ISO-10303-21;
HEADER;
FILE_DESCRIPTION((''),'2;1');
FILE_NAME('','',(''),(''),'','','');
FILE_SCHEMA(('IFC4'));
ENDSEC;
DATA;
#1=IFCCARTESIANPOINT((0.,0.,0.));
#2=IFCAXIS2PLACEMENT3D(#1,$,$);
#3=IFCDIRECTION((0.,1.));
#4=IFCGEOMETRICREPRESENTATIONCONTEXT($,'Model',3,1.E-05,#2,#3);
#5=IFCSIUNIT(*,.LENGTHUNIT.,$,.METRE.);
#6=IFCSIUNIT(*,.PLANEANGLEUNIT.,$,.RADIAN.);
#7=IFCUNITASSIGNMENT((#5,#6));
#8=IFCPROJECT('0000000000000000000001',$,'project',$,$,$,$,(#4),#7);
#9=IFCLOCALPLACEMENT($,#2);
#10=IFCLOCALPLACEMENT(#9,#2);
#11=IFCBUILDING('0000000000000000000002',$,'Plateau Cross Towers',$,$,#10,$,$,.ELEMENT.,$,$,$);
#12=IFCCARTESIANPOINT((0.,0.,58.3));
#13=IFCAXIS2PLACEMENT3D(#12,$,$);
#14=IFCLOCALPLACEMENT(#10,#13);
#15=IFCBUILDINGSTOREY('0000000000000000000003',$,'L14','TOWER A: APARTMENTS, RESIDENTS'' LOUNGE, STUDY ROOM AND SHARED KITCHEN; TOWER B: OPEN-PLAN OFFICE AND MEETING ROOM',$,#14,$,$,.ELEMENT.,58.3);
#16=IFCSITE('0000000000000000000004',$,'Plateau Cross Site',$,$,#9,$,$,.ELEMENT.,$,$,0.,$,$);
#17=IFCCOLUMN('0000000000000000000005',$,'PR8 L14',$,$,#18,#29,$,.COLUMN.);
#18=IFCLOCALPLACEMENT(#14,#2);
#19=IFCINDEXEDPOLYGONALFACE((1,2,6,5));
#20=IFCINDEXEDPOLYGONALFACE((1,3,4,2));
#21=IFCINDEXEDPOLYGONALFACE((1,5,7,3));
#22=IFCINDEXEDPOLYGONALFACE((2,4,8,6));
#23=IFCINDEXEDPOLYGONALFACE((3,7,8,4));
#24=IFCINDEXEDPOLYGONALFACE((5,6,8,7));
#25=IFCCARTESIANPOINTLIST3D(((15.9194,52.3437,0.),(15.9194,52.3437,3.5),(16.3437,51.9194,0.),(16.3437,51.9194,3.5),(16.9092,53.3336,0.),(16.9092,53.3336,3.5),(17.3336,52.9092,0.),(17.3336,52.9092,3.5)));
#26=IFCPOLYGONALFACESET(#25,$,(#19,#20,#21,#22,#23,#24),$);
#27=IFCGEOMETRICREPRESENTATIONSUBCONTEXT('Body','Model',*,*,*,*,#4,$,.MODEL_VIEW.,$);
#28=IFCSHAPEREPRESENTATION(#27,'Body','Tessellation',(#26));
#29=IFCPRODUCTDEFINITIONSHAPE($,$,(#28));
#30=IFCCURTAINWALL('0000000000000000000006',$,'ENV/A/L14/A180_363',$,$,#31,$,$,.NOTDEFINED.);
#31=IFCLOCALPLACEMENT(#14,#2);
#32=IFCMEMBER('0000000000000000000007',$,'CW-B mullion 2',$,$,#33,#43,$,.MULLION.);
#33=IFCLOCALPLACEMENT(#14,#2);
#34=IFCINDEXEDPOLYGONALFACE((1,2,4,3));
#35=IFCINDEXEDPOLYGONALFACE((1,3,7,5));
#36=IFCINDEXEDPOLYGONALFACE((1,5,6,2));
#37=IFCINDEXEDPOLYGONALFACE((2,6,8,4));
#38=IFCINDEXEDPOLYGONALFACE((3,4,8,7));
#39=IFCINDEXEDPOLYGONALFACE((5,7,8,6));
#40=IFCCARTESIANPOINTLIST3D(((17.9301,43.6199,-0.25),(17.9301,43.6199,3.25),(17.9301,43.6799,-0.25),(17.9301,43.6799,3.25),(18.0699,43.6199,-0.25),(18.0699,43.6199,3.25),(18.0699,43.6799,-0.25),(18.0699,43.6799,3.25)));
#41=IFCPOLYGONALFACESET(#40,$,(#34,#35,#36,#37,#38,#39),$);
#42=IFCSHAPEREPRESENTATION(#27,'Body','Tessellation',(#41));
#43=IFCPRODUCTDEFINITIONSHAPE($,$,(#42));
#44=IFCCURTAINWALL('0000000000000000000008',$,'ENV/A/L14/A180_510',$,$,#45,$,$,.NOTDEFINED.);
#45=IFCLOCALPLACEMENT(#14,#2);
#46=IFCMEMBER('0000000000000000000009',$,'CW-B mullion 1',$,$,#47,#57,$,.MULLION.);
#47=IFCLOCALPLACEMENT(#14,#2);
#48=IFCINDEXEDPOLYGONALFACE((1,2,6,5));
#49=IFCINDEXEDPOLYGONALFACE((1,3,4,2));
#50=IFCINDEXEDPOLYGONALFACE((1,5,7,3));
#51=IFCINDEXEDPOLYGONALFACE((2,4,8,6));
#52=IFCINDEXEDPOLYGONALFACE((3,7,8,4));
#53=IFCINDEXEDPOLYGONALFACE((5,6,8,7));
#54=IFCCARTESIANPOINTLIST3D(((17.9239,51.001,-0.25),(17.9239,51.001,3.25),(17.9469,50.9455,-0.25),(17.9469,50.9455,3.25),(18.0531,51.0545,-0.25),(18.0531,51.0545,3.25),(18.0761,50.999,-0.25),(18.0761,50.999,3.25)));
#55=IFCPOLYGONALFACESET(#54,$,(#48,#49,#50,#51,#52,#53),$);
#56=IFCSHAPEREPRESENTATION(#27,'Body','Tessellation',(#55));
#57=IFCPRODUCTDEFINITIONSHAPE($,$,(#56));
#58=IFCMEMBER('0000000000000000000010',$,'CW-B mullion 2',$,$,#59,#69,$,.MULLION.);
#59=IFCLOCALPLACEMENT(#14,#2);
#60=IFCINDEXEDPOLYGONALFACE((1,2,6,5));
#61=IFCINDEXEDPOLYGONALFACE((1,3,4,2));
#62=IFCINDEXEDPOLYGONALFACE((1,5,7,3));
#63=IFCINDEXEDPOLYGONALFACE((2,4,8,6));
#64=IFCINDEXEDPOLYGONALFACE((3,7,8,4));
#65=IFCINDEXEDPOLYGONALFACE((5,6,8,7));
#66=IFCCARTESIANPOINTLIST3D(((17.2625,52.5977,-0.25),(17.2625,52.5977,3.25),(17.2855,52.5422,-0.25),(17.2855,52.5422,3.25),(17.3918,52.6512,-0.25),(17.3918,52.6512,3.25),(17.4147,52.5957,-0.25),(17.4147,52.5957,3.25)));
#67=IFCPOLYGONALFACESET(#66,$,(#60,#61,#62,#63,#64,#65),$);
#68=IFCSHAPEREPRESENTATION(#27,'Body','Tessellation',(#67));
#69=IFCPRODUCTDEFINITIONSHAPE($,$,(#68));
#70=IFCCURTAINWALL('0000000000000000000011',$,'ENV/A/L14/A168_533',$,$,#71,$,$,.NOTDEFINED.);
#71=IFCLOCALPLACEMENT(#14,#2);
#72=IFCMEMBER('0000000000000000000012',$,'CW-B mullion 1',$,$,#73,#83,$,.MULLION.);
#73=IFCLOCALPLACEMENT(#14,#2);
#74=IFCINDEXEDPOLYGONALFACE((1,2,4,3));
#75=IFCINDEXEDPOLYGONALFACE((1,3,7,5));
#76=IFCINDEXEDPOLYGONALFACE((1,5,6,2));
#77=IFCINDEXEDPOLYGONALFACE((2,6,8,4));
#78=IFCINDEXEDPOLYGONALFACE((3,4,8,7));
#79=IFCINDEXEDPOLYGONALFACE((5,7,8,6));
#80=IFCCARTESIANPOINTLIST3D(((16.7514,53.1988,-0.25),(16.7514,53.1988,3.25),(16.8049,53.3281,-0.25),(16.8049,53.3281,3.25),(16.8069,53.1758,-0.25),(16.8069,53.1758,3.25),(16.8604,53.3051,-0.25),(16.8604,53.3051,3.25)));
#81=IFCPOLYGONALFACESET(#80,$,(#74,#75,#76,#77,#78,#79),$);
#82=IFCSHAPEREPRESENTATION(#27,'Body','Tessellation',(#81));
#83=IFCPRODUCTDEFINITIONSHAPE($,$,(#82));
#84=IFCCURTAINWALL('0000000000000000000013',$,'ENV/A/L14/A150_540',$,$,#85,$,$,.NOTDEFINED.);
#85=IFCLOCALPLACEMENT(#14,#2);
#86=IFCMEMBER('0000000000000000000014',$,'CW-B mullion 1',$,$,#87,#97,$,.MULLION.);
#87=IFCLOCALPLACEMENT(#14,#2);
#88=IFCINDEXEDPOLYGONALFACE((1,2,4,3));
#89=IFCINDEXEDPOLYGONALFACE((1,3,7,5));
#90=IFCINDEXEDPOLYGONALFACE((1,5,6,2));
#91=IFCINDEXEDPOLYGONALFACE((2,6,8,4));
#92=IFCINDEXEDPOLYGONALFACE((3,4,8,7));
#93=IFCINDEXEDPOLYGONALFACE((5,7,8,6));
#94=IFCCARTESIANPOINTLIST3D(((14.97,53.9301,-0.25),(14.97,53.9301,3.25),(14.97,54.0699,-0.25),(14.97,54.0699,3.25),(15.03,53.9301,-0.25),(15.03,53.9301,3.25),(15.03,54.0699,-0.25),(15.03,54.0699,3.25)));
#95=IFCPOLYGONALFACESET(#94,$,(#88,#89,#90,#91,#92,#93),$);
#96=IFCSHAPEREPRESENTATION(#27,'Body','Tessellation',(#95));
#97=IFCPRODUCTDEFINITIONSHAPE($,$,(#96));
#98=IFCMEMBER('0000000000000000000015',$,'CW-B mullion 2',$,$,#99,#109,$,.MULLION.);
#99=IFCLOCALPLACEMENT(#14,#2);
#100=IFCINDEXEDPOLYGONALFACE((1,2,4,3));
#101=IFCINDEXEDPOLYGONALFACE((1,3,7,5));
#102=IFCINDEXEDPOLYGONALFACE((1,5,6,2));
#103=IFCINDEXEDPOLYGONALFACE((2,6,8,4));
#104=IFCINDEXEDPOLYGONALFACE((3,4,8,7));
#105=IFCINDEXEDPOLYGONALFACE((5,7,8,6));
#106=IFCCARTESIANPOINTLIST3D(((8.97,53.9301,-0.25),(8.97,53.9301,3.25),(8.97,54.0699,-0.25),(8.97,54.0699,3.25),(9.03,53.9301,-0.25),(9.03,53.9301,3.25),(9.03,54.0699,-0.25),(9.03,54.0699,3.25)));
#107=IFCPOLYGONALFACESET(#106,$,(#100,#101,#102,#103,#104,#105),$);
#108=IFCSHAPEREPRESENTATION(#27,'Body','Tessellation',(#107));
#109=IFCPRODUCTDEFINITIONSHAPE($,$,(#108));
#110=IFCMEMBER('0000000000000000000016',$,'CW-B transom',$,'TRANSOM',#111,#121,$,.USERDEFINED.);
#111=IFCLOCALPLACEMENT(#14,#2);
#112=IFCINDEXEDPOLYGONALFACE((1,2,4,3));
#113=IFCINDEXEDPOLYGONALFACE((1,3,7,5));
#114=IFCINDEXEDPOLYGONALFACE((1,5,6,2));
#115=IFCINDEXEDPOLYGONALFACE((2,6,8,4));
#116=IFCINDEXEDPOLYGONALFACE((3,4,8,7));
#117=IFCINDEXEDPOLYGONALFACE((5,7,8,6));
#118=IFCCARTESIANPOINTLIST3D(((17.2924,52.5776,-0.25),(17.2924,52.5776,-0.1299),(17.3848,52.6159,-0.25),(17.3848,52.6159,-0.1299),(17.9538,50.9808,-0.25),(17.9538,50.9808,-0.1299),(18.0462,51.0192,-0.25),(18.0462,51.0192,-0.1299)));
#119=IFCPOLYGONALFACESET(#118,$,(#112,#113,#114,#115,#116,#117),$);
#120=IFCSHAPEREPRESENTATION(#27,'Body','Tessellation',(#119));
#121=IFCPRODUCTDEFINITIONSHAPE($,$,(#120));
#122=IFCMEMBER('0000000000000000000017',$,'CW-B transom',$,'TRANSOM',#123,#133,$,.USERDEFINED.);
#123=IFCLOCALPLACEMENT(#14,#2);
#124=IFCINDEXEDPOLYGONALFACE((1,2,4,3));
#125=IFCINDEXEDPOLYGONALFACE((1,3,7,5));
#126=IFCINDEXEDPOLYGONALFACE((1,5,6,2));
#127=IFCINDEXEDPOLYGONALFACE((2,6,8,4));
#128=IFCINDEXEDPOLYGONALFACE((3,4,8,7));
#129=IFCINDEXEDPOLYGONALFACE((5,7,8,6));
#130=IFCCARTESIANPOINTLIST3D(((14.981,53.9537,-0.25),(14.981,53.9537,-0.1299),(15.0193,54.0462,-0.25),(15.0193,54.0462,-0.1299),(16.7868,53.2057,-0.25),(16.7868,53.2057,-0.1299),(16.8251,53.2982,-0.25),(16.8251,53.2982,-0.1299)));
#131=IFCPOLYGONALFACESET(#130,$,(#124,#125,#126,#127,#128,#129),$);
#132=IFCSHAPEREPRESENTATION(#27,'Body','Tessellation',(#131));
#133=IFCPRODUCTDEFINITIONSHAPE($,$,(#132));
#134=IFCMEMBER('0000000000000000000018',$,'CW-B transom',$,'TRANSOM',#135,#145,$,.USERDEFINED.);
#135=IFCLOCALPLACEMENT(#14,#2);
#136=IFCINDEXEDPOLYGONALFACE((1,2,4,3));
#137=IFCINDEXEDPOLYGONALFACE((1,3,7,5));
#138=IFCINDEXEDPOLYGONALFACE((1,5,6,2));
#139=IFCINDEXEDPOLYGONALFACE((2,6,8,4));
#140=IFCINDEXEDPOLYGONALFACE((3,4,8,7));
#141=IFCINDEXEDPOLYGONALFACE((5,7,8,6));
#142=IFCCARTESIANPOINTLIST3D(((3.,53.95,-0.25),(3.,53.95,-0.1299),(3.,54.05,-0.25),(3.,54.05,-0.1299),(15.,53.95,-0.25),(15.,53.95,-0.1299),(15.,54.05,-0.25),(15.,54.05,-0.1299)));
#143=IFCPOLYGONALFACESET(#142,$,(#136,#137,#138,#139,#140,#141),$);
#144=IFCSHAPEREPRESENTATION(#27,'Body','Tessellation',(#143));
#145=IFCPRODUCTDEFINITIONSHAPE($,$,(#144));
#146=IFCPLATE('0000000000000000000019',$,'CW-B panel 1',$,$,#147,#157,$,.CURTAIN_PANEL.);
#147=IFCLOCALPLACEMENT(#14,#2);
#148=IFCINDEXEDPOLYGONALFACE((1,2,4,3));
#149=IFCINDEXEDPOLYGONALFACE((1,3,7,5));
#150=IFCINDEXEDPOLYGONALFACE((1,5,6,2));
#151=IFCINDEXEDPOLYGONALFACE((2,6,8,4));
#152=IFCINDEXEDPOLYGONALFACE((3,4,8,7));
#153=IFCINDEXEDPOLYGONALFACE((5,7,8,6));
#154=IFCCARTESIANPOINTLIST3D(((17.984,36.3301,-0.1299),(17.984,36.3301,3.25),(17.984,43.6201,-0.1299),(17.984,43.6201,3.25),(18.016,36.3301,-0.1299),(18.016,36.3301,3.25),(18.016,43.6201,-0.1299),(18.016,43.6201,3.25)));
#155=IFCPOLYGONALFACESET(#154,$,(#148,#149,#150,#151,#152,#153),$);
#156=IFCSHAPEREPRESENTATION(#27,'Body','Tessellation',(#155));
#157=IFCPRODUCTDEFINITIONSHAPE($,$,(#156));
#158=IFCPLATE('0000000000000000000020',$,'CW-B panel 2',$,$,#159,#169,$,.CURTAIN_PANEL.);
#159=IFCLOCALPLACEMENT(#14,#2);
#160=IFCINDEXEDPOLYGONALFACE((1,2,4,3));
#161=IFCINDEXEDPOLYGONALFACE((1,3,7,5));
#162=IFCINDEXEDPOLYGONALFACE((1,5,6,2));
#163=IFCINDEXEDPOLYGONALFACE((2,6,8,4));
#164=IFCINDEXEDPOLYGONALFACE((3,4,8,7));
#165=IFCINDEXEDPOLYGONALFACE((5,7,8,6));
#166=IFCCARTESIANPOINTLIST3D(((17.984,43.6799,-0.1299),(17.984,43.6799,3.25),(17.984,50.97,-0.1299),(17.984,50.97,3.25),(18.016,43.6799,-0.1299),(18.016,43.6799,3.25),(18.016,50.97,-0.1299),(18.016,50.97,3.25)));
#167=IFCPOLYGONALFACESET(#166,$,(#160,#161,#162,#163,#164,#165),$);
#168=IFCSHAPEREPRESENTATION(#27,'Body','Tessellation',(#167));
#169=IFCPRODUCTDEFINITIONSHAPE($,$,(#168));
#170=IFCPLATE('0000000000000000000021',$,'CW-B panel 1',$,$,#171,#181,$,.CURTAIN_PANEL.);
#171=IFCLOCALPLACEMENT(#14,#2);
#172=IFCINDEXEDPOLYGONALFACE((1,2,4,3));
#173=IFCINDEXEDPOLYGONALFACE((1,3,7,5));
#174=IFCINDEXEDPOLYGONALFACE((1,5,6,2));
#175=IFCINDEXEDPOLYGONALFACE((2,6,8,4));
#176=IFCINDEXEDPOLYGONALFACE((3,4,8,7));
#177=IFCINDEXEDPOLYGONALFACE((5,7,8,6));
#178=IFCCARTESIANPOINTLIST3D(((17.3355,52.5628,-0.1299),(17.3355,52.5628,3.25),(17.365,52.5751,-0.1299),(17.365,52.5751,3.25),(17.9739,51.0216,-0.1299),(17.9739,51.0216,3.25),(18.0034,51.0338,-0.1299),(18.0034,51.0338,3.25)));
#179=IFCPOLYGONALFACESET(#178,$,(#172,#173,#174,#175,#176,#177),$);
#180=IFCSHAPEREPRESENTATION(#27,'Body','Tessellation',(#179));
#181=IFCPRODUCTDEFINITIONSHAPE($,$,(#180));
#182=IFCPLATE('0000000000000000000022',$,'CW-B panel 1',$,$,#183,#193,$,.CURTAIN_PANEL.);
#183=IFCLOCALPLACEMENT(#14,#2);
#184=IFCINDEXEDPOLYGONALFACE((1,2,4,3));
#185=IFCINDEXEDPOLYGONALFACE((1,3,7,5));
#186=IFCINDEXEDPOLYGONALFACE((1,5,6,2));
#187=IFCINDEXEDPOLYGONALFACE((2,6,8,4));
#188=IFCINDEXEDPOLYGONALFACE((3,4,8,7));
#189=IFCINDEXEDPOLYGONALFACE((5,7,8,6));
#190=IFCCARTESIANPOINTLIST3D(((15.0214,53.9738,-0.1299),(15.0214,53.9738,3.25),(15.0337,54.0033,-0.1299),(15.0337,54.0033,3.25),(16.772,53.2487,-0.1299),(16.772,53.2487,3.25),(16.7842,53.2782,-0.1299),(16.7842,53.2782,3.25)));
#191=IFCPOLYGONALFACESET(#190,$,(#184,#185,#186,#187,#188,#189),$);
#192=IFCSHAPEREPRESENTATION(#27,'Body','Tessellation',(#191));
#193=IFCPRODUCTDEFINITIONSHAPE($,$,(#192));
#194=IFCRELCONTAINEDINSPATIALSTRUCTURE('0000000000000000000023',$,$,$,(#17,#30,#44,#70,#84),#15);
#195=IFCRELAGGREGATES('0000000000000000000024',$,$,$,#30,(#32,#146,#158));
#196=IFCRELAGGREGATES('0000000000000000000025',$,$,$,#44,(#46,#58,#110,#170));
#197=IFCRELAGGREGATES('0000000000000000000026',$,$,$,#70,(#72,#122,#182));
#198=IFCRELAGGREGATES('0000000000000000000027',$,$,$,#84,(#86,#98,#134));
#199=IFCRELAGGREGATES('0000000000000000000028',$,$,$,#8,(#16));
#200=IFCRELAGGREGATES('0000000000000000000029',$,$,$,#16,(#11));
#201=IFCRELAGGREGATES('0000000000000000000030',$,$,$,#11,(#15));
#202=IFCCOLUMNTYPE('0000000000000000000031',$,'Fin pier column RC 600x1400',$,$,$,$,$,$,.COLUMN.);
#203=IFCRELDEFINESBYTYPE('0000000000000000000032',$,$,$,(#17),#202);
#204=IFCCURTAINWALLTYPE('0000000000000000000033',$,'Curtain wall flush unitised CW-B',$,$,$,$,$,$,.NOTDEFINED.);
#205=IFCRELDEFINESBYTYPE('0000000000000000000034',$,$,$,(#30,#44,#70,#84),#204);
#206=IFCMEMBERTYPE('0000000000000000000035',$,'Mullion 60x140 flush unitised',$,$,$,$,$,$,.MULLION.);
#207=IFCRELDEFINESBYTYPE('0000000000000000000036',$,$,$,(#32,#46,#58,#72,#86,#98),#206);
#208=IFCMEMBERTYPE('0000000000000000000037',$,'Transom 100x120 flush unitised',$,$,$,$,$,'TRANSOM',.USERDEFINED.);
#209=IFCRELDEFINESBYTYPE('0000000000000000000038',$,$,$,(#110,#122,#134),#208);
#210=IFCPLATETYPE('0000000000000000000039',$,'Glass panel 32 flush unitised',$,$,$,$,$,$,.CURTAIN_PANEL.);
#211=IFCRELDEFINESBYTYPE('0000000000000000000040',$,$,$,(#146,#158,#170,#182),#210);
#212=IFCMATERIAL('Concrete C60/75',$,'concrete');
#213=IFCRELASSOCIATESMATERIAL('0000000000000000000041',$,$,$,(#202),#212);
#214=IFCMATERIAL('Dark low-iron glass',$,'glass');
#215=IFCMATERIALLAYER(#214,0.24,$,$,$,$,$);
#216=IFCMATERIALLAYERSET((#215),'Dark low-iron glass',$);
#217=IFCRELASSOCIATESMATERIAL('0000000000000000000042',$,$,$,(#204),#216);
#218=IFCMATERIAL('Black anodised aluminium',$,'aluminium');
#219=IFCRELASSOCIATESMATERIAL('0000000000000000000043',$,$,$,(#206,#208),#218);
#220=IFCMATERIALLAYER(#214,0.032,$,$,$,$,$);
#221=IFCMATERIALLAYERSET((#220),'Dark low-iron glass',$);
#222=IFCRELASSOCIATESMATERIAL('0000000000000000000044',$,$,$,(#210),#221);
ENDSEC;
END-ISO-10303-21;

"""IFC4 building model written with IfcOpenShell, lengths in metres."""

from ifc_helpers import new_model, si_unit, direction, frame, origin, origin_2d, place, context, subcontext, project, spatial, rectangle, extrude, material, layer, layer_set, material_profile, profile_set, type_object, element, aggregate, save


model = new_model("IFC4")

# Units and contexts
model_context = context("Model", 3, precision=1e-05, world=origin(), true_north=direction((0.0, 1.0)))
body_context = subcontext(model_context, "Body", "Model", "MODEL_VIEW")
ifc_project = project(units=[si_unit("LENGTHUNIT", "METRE"), si_unit("PLANEANGLEUNIT", "RADIAN")], contexts=[model_context])

# Site, building, storey
site_placement = place(None, origin())
site = spatial("IfcSite", under=ifc_project, at=site_placement, Name="Plateau Cross Site", CompositionType="ELEMENT", RefElevation=0.0)
building_placement = place(site_placement, origin())
building = spatial("IfcBuilding", under=site, at=building_placement, Name="Plateau Cross Towers", CompositionType="ELEMENT")
storey_placement = place(building_placement, frame((0.0, 0.0, 58.3)))
storey = spatial("IfcBuildingStorey", under=building, at=storey_placement, Name="L14", Description="TOWER A: APARTMENTS, RESIDENTS' LOUNGE, STUDY ROOM AND SHARED KITCHEN; TOWER B: OPEN-PLAN OFFICE AND MEETING ROOM", CompositionType="ELEMENT", Elevation=58.3)

# Column
ifc_material_1 = material(Name="Concrete C60/75", Category="concrete")
ifc_material_profile_1 = material_profile(ifc_material_1, rectangle(XDim=0.6001, YDim=1.3999, at=origin_2d()), Name="RC 600x1400")
ifc_profile_set_1 = profile_set([ifc_material_profile_1], Name="Concrete C60/75")
column_type = type_object("IfcColumnType", Name="Fin pier column RC 600x1400", PredefinedType="COLUMN", material=ifc_profile_set_1)
column_placement = place(storey_placement, frame((16.6265, 52.6265, 0.0), z_axis=(0.0, 0.0, 1.0), x_axis=(-0.707107, 0.707107, 0.0)))
element("IfcColumn", 1, at=column_placement, inside=storey, type_object=column_type, Name="PR8 L14", PredefinedType="COLUMN", context=body_context, shape_type="SweptSolid", body=[
    extrude(rectangle(XDim=0.6001, YDim=1.3999, at=origin_2d()), origin(), (0.0, 0.0, 1.0), 3.5),
])

# Curtain wall, member
ifc_material_2 = material(Name="Dark low-iron glass", Category="glass")
ifc_layer_1 = layer(ifc_material_2, 0.24)
ifc_layer_set_1 = layer_set([ifc_layer_1], Name="Dark low-iron glass")
curtain_wall_type = type_object("IfcCurtainWallType", Name="Curtain wall flush unitised CW-B", PredefinedType="NOTDEFINED", material=ifc_layer_set_1)
curtain_wall_1_placement = place(storey_placement, origin())
curtain_wall_1 = element("IfcCurtainWall", 2, at=curtain_wall_1_placement, inside=storey, type_object=curtain_wall_type, Name="ENV/A/L14/A180_363", PredefinedType="NOTDEFINED")
ifc_material_3 = material(Name="Black anodised aluminium", Category="aluminium")
ifc_material_profile_2 = material_profile(ifc_material_3, rectangle(XDim=0.0601, YDim=0.1399, at=origin_2d()), Name="MULLION 60x140")
ifc_profile_set_2 = profile_set([ifc_material_profile_2], Name="Black anodised aluminium")
member_type_1 = type_object("IfcMemberType", Name="Mullion 60x140 flush unitised", PredefinedType="MULLION", material=ifc_profile_set_2)
member_1_placement = place(storey_placement, frame((18.0, 43.6499, -0.25), z_axis=(0.0, 0.0, 1.0), x_axis=(0.0, 1.0, 0.0)))
member_1 = element("IfcMember", 3, at=member_1_placement, type_object=member_type_1, Name="CW-B mullion 2", PredefinedType="MULLION", context=body_context, shape_type="SweptSolid", body=[
    extrude(rectangle(XDim=0.0601, YDim=0.1399, at=origin_2d()), origin(), (0.0, 0.0, 1.0), 3.5),
])

# Curtain wall, members
curtain_wall_2_placement = place(storey_placement, origin())
curtain_wall_2 = element("IfcCurtainWall", 4, at=curtain_wall_2_placement, inside=storey, type_object=curtain_wall_type, Name="ENV/A/L14/A180_510", PredefinedType="NOTDEFINED")
member_2_placement = place(storey_placement, frame((18.0, 51.0, -0.25), z_axis=(0.0, 0.0, 1.0), x_axis=(-0.382684, 0.923879, 0.0)))
member_2 = element("IfcMember", 5, at=member_2_placement, type_object=member_type_1, Name="CW-B mullion 1", PredefinedType="MULLION", context=body_context, shape_type="SweptSolid", body=[
    extrude(rectangle(XDim=0.0601, YDim=0.1399, at=origin_2d()), origin(), (0.0, 0.0, 1.0), 3.5),
])
member_3_placement = place(storey_placement, frame((17.3386, 52.5967, -0.25), z_axis=(0.0, 0.0, 1.0), x_axis=(-0.382684, 0.923879, 0.0)))
member_3 = element("IfcMember", 6, at=member_3_placement, type_object=member_type_1, Name="CW-B mullion 2", PredefinedType="MULLION", context=body_context, shape_type="SweptSolid", body=[
    extrude(rectangle(XDim=0.0601, YDim=0.1399, at=origin_2d()), origin(), (0.0, 0.0, 1.0), 3.5),
])

# Curtain wall, member
curtain_wall_3_placement = place(storey_placement, origin())
curtain_wall_3 = element("IfcCurtainWall", 7, at=curtain_wall_3_placement, inside=storey, type_object=curtain_wall_type, Name="ENV/A/L14/A168_533", PredefinedType="NOTDEFINED")
member_4_placement = place(storey_placement, frame((16.8059, 53.252, -0.25), z_axis=(0.0, 0.0, 1.0), x_axis=(-0.923879, 0.382684, 0.0)))
member_4 = element("IfcMember", 8, at=member_4_placement, type_object=member_type_1, Name="CW-B mullion 1", PredefinedType="MULLION", context=body_context, shape_type="SweptSolid", body=[
    extrude(rectangle(XDim=0.0601, YDim=0.1399, at=origin_2d()), origin(), (0.0, 0.0, 1.0), 3.5),
])

# Curtain wall, members
curtain_wall_4_placement = place(storey_placement, origin())
curtain_wall_4 = element("IfcCurtainWall", 9, at=curtain_wall_4_placement, inside=storey, type_object=curtain_wall_type, Name="ENV/A/L14/A150_540", PredefinedType="NOTDEFINED")
member_5_placement = place(storey_placement, frame((15.0, 54.0, -0.25), z_axis=(0.0, 0.0, 1.0), x_axis=(-1.0, 0.0, 0.0)))
member_5 = element("IfcMember", 10, at=member_5_placement, type_object=member_type_1, Name="CW-B mullion 1", PredefinedType="MULLION", context=body_context, shape_type="SweptSolid", body=[
    extrude(rectangle(XDim=0.0601, YDim=0.1399, at=origin_2d()), origin(), (0.0, 0.0, 1.0), 3.5),
])
member_6_placement = place(storey_placement, frame((9.0, 54.0, -0.25), z_axis=(0.0, 0.0, 1.0), x_axis=(-1.0, 0.0, 0.0)))
member_6 = element("IfcMember", 11, at=member_6_placement, type_object=member_type_1, Name="CW-B mullion 2", PredefinedType="MULLION", context=body_context, shape_type="SweptSolid", body=[
    extrude(rectangle(XDim=0.0601, YDim=0.1399, at=origin_2d()), origin(), (0.0, 0.0, 1.0), 3.5),
])

# Members
ifc_material_profile_3 = material_profile(ifc_material_3, rectangle(XDim=0.1001, YDim=0.1201, at=origin_2d()), Name="TRANSOM 100x120")
ifc_profile_set_3 = profile_set([ifc_material_profile_3], Name="Black anodised aluminium")
member_type_2 = type_object("IfcMemberType", Name="Transom 100x120 flush unitised", ElementType="TRANSOM", PredefinedType="USERDEFINED", material=ifc_profile_set_3)
member_7_placement = place(storey_placement, frame((18.0, 51.0, -0.1899), z_axis=(-0.382689, 0.923877, 0.0), x_axis=(-0.923877, -0.382689, 0.0)))
member_7 = element("IfcMember", 12, at=member_7_placement, type_object=member_type_2, Name="CW-B transom", ObjectType="TRANSOM", PredefinedType="USERDEFINED", context=body_context, shape_type="SweptSolid", body=[
    extrude(rectangle(XDim=0.1001, YDim=0.1201, at=origin_2d()), origin(), (0.0, 0.0, 1.0), 1.7283),
])
member_8_placement = place(storey_placement, frame((16.8059, 53.252, -0.1899), z_axis=(-0.923877, 0.38269, 0.0), x_axis=(-0.38269, -0.923877, 0.0)))
member_8 = element("IfcMember", 13, at=member_8_placement, type_object=member_type_2, Name="CW-B transom", ObjectType="TRANSOM", PredefinedType="USERDEFINED", context=body_context, shape_type="SweptSolid", body=[
    extrude(rectangle(XDim=0.1001, YDim=0.1201, at=origin_2d()), origin(), (0.0, 0.0, 1.0), 1.9546),
])
member_9_placement = place(storey_placement, frame((15.0, 54.0, -0.1899), z_axis=(-1.0, 0.0, 0.0), x_axis=(0.0, -1.0, 0.0)))
member_9 = element("IfcMember", 14, at=member_9_placement, type_object=member_type_2, Name="CW-B transom", ObjectType="TRANSOM", PredefinedType="USERDEFINED", context=body_context, shape_type="SweptSolid", body=[
    extrude(rectangle(XDim=0.1001, YDim=0.1201, at=origin_2d()), origin(), (0.0, 0.0, 1.0), 12.0),
])

# Plates
ifc_layer_2 = layer(ifc_material_2, 0.032)
ifc_layer_set_2 = layer_set([ifc_layer_2], Name="Dark low-iron glass")
plate_type = type_object("IfcPlateType", Name="Glass panel 32 flush unitised", PredefinedType="CURTAIN_PANEL", material=ifc_layer_set_2)
plate_1_placement = place(storey_placement, frame((18.0, 39.9751, -0.1299), z_axis=(0.0, 0.0, 1.0), x_axis=(0.0, 1.0, 0.0)))
plate_1 = element("IfcPlate", 15, at=plate_1_placement, type_object=plate_type, Name="CW-B panel 1", PredefinedType="CURTAIN_PANEL", context=body_context, shape_type="SweptSolid", body=[
    extrude(rectangle(XDim=7.29, YDim=0.032, at=origin_2d()), origin(), (0.0, 0.0, 1.0), 3.3799),
])
plate_2_placement = place(storey_placement, frame((18.0, 47.325, -0.1299), z_axis=(0.0, 0.0, 1.0), x_axis=(0.0, 1.0, 0.0)))
plate_2 = element("IfcPlate", 16, at=plate_2_placement, type_object=plate_type, Name="CW-B panel 2", PredefinedType="CURTAIN_PANEL", context=body_context, shape_type="SweptSolid", body=[
    extrude(rectangle(XDim=7.29, YDim=0.032, at=origin_2d()), origin(), (0.0, 0.0, 1.0), 3.3799),
])
aggregate(curtain_wall_1, [member_1, plate_1, plate_2])
plate_3_placement = place(storey_placement, frame((17.6694, 51.7983, -0.1299), z_axis=(0.0, 0.0, 1.0), x_axis=(-0.382684, 0.923879, 0.0)))
plate_3 = element("IfcPlate", 17, at=plate_3_placement, type_object=plate_type, Name="CW-B panel 1", PredefinedType="CURTAIN_PANEL", context=body_context, shape_type="SweptSolid", body=[
    extrude(rectangle(XDim=1.6682, YDim=0.032, at=origin_2d()), origin(), (0.0, 0.0, 1.0), 3.3799),
])
aggregate(curtain_wall_2, [member_2, member_3, member_7, plate_3])
plate_4_placement = place(storey_placement, frame((15.9028, 53.626, -0.1299), z_axis=(0.0, 0.0, 1.0), x_axis=(-0.923879, 0.382684, 0.0)))
plate_4 = element("IfcPlate", 18, at=plate_4_placement, type_object=plate_type, Name="CW-B panel 1", PredefinedType="CURTAIN_PANEL", context=body_context, shape_type="SweptSolid", body=[
    extrude(rectangle(XDim=1.8948, YDim=0.032, at=origin_2d()), origin(), (0.0, 0.0, 1.0), 3.3799),
])
aggregate(curtain_wall_3, [member_4, member_8, plate_4])
aggregate(curtain_wall_4, [member_5, member_6, member_9])

save(model, "model.ifc")
